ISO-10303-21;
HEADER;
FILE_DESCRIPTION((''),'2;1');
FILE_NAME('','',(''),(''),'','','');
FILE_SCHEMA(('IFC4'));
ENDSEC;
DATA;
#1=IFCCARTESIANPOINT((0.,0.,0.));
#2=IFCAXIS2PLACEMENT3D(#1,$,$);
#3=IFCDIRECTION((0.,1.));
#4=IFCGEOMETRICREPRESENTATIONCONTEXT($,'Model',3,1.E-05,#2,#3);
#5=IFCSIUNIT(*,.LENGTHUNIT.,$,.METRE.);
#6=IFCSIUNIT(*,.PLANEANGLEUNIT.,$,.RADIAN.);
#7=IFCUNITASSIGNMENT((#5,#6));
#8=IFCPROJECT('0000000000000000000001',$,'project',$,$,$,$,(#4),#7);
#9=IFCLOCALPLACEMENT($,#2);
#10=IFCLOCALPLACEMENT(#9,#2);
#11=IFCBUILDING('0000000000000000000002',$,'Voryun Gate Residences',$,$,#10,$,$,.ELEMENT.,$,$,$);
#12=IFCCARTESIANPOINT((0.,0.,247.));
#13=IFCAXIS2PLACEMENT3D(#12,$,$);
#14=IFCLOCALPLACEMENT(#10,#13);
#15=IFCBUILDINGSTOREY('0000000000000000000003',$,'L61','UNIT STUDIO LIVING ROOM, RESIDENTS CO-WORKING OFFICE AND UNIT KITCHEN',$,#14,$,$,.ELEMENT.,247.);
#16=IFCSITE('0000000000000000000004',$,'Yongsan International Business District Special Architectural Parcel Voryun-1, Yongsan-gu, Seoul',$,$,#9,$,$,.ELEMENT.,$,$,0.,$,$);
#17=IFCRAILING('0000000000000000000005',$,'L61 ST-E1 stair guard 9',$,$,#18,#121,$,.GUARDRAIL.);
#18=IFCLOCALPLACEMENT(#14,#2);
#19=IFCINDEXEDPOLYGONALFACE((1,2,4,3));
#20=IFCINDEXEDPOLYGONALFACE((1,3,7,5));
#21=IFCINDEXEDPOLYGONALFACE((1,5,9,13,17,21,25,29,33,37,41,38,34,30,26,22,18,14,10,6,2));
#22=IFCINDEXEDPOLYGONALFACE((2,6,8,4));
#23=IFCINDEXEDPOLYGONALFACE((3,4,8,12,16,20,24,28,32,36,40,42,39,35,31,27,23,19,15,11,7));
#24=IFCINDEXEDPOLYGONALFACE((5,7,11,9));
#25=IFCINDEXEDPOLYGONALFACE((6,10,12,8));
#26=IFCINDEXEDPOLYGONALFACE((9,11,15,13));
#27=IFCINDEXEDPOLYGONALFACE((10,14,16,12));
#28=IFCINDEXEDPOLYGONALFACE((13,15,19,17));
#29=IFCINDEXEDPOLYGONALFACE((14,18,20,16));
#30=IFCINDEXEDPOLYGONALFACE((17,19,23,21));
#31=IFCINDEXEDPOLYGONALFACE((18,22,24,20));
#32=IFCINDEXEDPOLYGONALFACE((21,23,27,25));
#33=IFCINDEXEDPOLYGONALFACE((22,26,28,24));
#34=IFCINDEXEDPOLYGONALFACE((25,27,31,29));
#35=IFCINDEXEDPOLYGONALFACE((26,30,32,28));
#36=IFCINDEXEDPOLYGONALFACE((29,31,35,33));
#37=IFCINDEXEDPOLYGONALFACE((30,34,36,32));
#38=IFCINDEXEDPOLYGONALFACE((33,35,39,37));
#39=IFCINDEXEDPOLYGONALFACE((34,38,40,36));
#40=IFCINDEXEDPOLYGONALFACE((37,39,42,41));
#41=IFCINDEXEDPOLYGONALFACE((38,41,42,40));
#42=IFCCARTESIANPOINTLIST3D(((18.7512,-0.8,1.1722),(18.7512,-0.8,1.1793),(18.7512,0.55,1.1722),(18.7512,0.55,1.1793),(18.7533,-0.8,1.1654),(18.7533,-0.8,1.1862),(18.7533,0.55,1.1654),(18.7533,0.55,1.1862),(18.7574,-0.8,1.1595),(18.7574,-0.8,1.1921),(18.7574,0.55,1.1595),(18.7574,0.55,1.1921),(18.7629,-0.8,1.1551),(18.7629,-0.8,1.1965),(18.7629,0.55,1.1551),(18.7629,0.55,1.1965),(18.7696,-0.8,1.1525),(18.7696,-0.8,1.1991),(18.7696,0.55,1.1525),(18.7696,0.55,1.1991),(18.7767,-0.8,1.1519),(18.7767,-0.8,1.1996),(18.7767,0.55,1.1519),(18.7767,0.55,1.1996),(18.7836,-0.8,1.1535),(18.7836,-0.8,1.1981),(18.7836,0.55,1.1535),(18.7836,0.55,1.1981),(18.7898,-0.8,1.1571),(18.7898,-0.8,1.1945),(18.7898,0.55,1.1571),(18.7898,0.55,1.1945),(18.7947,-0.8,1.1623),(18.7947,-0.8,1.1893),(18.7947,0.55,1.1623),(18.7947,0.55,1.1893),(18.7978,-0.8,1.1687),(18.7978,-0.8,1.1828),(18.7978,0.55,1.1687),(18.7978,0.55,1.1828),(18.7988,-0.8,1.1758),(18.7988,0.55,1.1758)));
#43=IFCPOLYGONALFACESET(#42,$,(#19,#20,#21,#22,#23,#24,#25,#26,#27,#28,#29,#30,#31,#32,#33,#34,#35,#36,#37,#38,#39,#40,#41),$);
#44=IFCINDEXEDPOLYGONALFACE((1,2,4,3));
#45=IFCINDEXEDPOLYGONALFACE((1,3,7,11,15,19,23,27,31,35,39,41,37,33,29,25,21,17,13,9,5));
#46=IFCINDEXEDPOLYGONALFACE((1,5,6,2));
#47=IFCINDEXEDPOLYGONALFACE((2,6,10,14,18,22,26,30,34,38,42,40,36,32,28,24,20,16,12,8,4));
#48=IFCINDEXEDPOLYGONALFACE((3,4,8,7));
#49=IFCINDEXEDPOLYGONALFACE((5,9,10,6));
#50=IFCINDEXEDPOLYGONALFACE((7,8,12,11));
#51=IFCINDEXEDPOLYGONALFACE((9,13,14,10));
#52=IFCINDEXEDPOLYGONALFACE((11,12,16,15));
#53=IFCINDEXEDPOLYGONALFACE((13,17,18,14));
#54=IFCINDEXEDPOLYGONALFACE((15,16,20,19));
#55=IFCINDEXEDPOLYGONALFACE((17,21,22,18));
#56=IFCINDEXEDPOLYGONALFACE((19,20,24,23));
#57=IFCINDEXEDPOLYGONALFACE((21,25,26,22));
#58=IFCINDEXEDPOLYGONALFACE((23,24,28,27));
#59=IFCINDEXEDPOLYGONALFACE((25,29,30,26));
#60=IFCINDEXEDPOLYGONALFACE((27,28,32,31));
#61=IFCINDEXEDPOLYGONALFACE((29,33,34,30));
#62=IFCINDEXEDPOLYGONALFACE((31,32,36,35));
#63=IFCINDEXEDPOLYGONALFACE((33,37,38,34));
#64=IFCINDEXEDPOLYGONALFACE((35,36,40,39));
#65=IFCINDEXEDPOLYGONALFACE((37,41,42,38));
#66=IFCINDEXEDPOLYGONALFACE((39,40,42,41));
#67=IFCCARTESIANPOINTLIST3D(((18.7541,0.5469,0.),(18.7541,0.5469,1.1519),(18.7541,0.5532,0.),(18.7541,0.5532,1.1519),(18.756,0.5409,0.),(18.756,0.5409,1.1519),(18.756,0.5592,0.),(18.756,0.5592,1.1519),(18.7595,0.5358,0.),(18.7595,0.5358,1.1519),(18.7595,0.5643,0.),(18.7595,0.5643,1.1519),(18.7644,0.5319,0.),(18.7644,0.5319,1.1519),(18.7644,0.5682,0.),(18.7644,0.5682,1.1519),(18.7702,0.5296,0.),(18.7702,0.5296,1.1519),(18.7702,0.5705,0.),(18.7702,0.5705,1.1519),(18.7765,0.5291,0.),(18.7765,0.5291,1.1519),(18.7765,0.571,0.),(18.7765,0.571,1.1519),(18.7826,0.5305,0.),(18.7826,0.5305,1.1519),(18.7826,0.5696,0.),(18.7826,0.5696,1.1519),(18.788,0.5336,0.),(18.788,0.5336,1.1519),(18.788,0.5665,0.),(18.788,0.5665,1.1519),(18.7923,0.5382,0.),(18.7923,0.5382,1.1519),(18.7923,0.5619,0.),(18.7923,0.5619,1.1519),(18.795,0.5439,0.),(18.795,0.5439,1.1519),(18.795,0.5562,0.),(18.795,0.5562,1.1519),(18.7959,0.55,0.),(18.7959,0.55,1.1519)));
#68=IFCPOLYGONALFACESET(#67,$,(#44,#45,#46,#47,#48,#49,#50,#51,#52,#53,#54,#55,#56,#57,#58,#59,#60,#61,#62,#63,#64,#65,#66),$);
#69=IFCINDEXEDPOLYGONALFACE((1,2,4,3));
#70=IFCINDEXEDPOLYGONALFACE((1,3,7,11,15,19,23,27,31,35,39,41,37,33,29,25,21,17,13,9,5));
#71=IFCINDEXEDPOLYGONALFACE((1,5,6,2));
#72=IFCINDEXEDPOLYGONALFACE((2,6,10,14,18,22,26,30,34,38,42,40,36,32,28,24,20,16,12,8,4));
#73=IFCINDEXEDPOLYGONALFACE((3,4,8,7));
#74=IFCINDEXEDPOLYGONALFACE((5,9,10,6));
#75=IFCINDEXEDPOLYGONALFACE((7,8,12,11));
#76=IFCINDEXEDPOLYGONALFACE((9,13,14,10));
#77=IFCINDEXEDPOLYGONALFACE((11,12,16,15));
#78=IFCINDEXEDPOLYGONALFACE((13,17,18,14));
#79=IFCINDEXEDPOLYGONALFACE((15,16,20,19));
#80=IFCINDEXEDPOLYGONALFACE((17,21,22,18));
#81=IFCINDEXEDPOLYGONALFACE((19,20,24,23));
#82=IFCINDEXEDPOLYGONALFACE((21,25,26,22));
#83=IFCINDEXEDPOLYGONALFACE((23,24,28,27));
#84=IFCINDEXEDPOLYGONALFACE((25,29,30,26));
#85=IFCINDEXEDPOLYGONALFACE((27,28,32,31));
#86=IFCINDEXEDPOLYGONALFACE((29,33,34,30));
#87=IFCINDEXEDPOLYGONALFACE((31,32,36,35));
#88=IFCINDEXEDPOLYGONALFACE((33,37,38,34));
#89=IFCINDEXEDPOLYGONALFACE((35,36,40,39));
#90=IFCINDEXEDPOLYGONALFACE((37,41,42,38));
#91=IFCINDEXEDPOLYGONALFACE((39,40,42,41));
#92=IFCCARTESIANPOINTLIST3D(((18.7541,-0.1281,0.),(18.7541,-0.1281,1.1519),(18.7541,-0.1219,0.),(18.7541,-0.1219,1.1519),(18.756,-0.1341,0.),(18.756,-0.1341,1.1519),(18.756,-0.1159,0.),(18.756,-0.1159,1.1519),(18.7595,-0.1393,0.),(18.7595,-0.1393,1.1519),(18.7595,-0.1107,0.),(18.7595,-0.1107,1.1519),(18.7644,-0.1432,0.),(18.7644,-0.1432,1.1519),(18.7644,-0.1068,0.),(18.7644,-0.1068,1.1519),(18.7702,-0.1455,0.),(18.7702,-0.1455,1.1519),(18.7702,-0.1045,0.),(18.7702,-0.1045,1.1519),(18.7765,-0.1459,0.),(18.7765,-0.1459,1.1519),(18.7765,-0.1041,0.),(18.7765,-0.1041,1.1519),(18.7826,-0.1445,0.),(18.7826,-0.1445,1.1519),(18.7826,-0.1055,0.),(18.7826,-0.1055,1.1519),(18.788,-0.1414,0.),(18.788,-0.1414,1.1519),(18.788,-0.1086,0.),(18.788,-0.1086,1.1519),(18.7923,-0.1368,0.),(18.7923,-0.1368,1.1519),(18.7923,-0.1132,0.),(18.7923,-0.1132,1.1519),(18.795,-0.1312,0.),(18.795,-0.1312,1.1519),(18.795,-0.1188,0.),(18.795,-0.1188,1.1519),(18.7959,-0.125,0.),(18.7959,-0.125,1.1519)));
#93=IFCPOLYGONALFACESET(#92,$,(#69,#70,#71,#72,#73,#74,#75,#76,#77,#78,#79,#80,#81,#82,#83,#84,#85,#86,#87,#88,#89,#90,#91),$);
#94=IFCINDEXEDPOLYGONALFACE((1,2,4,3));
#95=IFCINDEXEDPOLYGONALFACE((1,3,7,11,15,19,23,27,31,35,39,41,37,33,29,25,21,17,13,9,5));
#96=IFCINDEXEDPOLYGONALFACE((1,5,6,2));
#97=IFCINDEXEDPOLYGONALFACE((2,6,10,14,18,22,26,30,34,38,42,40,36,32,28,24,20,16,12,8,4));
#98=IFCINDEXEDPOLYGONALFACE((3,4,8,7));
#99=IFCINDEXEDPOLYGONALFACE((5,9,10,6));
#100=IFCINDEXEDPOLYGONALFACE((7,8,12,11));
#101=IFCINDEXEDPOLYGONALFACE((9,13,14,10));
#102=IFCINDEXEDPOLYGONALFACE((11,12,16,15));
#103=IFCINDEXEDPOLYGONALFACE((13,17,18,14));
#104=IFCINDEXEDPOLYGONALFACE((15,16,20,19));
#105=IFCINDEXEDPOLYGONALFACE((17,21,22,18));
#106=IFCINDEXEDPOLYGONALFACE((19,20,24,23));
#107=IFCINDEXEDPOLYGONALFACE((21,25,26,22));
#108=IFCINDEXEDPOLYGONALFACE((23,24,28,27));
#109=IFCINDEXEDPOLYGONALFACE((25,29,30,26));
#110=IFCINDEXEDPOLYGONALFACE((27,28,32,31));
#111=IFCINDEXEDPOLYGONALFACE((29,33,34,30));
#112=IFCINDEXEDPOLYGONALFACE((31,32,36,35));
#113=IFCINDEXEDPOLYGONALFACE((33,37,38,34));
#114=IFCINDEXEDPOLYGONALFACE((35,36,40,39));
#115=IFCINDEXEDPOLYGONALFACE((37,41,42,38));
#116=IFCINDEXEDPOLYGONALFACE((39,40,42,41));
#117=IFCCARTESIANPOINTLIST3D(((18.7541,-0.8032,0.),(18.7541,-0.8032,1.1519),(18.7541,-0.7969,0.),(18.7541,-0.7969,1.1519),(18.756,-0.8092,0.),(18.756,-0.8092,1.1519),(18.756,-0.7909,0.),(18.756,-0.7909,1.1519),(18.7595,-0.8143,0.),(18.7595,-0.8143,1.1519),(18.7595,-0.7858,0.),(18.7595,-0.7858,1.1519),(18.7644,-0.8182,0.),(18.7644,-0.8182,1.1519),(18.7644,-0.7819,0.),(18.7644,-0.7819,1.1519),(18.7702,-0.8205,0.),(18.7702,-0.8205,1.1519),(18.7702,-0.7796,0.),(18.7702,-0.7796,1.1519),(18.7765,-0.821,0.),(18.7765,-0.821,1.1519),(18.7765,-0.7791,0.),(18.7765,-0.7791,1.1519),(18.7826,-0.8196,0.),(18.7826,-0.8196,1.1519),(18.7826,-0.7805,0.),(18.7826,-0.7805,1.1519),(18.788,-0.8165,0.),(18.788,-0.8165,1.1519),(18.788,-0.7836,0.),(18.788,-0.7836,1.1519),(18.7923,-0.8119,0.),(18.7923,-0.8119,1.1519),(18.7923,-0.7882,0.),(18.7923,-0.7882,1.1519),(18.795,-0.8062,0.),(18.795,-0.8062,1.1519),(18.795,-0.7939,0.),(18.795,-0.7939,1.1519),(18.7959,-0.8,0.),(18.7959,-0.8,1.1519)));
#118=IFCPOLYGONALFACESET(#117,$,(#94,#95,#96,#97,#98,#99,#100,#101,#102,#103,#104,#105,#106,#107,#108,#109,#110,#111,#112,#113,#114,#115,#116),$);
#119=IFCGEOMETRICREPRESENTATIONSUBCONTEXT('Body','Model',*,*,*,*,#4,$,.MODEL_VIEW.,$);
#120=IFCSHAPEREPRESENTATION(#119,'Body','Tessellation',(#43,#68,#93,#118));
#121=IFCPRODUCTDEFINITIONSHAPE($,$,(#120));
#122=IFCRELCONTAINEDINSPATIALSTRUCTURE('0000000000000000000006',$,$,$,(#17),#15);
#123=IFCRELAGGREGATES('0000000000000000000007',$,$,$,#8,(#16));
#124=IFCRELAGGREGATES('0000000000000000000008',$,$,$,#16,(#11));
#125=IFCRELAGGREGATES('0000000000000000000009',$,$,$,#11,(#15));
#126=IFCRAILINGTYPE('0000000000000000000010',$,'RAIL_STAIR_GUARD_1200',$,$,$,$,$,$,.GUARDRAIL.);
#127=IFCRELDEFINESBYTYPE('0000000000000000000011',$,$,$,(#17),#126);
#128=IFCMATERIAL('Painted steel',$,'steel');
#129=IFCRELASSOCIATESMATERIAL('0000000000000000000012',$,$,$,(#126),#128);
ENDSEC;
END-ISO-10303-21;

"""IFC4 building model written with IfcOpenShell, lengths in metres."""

from ifc_helpers import new_model, si_unit, direction, frame, origin, origin_2d, place, context, subcontext, project, spatial, circle, extrude, material, type_object, element, save


model = new_model("IFC4")

# Units and contexts
model_context = context("Model", 3, precision=1e-05, world=origin(), true_north=direction((0.0, 1.0)))
body_context = subcontext(model_context, "Body", "Model", "MODEL_VIEW")
ifc_project = project(units=[si_unit("LENGTHUNIT", "METRE"), si_unit("PLANEANGLEUNIT", "RADIAN")], contexts=[model_context])

# Site, building, storey
site_placement = place(None, origin())
site = spatial("IfcSite", under=ifc_project, at=site_placement, Name="Yongsan International Business District Special Architectural Parcel Voryun-1, Yongsan-gu, Seoul", CompositionType="ELEMENT", RefElevation=0.0)
building_placement = place(site_placement, origin())
building = spatial("IfcBuilding", under=site, at=building_placement, Name="Voryun Gate Residences", CompositionType="ELEMENT")
storey_placement = place(building_placement, frame((0.0, 0.0, 247.0)))
storey = spatial("IfcBuildingStorey", under=building, at=storey_placement, Name="L61", Description="UNIT STUDIO LIVING ROOM, RESIDENTS CO-WORKING OFFICE AND UNIT KITCHEN", CompositionType="ELEMENT", Elevation=247.0)

# Railing
ifc_material_1 = material(Name="Painted steel", Category="steel")
railing_type = type_object("IfcRailingType", Name="RAIL_STAIR_GUARD_1200", PredefinedType="GUARDRAIL", material=ifc_material_1)
railing_placement = place(storey_placement, frame((18.7749, 0.55, 0.0)))
element("IfcRailing", 1, at=railing_placement, inside=storey, type_object=railing_type, Name="L61 ST-E1 stair guard 9", PredefinedType="GUARDRAIL", context=body_context, shape_type="SweptSolid", body=[
    extrude(circle(Radius=0.0239, at=origin_2d()), frame((0.0, 0.0, 1.1758), z_axis=(0.0, -1.0, 0.0), x_axis=(1.0, 0.0, 0.0)), (0.0, 0.0, 1.0), 1.3501),
    extrude(circle(Radius=0.021, at=origin_2d()), origin(), (0.0, 0.0, 1.0), 1.1519),
    extrude(circle(Radius=0.021, at=origin_2d()), frame((0.0, -0.675, 0.0)), (0.0, 0.0, 1.0), 1.1519),
    extrude(circle(Radius=0.021, at=origin_2d()), frame((0.0, -1.3501, 0.0)), (0.0, 0.0, 1.0), 1.1519),
])

save(model, "model.ifc")
